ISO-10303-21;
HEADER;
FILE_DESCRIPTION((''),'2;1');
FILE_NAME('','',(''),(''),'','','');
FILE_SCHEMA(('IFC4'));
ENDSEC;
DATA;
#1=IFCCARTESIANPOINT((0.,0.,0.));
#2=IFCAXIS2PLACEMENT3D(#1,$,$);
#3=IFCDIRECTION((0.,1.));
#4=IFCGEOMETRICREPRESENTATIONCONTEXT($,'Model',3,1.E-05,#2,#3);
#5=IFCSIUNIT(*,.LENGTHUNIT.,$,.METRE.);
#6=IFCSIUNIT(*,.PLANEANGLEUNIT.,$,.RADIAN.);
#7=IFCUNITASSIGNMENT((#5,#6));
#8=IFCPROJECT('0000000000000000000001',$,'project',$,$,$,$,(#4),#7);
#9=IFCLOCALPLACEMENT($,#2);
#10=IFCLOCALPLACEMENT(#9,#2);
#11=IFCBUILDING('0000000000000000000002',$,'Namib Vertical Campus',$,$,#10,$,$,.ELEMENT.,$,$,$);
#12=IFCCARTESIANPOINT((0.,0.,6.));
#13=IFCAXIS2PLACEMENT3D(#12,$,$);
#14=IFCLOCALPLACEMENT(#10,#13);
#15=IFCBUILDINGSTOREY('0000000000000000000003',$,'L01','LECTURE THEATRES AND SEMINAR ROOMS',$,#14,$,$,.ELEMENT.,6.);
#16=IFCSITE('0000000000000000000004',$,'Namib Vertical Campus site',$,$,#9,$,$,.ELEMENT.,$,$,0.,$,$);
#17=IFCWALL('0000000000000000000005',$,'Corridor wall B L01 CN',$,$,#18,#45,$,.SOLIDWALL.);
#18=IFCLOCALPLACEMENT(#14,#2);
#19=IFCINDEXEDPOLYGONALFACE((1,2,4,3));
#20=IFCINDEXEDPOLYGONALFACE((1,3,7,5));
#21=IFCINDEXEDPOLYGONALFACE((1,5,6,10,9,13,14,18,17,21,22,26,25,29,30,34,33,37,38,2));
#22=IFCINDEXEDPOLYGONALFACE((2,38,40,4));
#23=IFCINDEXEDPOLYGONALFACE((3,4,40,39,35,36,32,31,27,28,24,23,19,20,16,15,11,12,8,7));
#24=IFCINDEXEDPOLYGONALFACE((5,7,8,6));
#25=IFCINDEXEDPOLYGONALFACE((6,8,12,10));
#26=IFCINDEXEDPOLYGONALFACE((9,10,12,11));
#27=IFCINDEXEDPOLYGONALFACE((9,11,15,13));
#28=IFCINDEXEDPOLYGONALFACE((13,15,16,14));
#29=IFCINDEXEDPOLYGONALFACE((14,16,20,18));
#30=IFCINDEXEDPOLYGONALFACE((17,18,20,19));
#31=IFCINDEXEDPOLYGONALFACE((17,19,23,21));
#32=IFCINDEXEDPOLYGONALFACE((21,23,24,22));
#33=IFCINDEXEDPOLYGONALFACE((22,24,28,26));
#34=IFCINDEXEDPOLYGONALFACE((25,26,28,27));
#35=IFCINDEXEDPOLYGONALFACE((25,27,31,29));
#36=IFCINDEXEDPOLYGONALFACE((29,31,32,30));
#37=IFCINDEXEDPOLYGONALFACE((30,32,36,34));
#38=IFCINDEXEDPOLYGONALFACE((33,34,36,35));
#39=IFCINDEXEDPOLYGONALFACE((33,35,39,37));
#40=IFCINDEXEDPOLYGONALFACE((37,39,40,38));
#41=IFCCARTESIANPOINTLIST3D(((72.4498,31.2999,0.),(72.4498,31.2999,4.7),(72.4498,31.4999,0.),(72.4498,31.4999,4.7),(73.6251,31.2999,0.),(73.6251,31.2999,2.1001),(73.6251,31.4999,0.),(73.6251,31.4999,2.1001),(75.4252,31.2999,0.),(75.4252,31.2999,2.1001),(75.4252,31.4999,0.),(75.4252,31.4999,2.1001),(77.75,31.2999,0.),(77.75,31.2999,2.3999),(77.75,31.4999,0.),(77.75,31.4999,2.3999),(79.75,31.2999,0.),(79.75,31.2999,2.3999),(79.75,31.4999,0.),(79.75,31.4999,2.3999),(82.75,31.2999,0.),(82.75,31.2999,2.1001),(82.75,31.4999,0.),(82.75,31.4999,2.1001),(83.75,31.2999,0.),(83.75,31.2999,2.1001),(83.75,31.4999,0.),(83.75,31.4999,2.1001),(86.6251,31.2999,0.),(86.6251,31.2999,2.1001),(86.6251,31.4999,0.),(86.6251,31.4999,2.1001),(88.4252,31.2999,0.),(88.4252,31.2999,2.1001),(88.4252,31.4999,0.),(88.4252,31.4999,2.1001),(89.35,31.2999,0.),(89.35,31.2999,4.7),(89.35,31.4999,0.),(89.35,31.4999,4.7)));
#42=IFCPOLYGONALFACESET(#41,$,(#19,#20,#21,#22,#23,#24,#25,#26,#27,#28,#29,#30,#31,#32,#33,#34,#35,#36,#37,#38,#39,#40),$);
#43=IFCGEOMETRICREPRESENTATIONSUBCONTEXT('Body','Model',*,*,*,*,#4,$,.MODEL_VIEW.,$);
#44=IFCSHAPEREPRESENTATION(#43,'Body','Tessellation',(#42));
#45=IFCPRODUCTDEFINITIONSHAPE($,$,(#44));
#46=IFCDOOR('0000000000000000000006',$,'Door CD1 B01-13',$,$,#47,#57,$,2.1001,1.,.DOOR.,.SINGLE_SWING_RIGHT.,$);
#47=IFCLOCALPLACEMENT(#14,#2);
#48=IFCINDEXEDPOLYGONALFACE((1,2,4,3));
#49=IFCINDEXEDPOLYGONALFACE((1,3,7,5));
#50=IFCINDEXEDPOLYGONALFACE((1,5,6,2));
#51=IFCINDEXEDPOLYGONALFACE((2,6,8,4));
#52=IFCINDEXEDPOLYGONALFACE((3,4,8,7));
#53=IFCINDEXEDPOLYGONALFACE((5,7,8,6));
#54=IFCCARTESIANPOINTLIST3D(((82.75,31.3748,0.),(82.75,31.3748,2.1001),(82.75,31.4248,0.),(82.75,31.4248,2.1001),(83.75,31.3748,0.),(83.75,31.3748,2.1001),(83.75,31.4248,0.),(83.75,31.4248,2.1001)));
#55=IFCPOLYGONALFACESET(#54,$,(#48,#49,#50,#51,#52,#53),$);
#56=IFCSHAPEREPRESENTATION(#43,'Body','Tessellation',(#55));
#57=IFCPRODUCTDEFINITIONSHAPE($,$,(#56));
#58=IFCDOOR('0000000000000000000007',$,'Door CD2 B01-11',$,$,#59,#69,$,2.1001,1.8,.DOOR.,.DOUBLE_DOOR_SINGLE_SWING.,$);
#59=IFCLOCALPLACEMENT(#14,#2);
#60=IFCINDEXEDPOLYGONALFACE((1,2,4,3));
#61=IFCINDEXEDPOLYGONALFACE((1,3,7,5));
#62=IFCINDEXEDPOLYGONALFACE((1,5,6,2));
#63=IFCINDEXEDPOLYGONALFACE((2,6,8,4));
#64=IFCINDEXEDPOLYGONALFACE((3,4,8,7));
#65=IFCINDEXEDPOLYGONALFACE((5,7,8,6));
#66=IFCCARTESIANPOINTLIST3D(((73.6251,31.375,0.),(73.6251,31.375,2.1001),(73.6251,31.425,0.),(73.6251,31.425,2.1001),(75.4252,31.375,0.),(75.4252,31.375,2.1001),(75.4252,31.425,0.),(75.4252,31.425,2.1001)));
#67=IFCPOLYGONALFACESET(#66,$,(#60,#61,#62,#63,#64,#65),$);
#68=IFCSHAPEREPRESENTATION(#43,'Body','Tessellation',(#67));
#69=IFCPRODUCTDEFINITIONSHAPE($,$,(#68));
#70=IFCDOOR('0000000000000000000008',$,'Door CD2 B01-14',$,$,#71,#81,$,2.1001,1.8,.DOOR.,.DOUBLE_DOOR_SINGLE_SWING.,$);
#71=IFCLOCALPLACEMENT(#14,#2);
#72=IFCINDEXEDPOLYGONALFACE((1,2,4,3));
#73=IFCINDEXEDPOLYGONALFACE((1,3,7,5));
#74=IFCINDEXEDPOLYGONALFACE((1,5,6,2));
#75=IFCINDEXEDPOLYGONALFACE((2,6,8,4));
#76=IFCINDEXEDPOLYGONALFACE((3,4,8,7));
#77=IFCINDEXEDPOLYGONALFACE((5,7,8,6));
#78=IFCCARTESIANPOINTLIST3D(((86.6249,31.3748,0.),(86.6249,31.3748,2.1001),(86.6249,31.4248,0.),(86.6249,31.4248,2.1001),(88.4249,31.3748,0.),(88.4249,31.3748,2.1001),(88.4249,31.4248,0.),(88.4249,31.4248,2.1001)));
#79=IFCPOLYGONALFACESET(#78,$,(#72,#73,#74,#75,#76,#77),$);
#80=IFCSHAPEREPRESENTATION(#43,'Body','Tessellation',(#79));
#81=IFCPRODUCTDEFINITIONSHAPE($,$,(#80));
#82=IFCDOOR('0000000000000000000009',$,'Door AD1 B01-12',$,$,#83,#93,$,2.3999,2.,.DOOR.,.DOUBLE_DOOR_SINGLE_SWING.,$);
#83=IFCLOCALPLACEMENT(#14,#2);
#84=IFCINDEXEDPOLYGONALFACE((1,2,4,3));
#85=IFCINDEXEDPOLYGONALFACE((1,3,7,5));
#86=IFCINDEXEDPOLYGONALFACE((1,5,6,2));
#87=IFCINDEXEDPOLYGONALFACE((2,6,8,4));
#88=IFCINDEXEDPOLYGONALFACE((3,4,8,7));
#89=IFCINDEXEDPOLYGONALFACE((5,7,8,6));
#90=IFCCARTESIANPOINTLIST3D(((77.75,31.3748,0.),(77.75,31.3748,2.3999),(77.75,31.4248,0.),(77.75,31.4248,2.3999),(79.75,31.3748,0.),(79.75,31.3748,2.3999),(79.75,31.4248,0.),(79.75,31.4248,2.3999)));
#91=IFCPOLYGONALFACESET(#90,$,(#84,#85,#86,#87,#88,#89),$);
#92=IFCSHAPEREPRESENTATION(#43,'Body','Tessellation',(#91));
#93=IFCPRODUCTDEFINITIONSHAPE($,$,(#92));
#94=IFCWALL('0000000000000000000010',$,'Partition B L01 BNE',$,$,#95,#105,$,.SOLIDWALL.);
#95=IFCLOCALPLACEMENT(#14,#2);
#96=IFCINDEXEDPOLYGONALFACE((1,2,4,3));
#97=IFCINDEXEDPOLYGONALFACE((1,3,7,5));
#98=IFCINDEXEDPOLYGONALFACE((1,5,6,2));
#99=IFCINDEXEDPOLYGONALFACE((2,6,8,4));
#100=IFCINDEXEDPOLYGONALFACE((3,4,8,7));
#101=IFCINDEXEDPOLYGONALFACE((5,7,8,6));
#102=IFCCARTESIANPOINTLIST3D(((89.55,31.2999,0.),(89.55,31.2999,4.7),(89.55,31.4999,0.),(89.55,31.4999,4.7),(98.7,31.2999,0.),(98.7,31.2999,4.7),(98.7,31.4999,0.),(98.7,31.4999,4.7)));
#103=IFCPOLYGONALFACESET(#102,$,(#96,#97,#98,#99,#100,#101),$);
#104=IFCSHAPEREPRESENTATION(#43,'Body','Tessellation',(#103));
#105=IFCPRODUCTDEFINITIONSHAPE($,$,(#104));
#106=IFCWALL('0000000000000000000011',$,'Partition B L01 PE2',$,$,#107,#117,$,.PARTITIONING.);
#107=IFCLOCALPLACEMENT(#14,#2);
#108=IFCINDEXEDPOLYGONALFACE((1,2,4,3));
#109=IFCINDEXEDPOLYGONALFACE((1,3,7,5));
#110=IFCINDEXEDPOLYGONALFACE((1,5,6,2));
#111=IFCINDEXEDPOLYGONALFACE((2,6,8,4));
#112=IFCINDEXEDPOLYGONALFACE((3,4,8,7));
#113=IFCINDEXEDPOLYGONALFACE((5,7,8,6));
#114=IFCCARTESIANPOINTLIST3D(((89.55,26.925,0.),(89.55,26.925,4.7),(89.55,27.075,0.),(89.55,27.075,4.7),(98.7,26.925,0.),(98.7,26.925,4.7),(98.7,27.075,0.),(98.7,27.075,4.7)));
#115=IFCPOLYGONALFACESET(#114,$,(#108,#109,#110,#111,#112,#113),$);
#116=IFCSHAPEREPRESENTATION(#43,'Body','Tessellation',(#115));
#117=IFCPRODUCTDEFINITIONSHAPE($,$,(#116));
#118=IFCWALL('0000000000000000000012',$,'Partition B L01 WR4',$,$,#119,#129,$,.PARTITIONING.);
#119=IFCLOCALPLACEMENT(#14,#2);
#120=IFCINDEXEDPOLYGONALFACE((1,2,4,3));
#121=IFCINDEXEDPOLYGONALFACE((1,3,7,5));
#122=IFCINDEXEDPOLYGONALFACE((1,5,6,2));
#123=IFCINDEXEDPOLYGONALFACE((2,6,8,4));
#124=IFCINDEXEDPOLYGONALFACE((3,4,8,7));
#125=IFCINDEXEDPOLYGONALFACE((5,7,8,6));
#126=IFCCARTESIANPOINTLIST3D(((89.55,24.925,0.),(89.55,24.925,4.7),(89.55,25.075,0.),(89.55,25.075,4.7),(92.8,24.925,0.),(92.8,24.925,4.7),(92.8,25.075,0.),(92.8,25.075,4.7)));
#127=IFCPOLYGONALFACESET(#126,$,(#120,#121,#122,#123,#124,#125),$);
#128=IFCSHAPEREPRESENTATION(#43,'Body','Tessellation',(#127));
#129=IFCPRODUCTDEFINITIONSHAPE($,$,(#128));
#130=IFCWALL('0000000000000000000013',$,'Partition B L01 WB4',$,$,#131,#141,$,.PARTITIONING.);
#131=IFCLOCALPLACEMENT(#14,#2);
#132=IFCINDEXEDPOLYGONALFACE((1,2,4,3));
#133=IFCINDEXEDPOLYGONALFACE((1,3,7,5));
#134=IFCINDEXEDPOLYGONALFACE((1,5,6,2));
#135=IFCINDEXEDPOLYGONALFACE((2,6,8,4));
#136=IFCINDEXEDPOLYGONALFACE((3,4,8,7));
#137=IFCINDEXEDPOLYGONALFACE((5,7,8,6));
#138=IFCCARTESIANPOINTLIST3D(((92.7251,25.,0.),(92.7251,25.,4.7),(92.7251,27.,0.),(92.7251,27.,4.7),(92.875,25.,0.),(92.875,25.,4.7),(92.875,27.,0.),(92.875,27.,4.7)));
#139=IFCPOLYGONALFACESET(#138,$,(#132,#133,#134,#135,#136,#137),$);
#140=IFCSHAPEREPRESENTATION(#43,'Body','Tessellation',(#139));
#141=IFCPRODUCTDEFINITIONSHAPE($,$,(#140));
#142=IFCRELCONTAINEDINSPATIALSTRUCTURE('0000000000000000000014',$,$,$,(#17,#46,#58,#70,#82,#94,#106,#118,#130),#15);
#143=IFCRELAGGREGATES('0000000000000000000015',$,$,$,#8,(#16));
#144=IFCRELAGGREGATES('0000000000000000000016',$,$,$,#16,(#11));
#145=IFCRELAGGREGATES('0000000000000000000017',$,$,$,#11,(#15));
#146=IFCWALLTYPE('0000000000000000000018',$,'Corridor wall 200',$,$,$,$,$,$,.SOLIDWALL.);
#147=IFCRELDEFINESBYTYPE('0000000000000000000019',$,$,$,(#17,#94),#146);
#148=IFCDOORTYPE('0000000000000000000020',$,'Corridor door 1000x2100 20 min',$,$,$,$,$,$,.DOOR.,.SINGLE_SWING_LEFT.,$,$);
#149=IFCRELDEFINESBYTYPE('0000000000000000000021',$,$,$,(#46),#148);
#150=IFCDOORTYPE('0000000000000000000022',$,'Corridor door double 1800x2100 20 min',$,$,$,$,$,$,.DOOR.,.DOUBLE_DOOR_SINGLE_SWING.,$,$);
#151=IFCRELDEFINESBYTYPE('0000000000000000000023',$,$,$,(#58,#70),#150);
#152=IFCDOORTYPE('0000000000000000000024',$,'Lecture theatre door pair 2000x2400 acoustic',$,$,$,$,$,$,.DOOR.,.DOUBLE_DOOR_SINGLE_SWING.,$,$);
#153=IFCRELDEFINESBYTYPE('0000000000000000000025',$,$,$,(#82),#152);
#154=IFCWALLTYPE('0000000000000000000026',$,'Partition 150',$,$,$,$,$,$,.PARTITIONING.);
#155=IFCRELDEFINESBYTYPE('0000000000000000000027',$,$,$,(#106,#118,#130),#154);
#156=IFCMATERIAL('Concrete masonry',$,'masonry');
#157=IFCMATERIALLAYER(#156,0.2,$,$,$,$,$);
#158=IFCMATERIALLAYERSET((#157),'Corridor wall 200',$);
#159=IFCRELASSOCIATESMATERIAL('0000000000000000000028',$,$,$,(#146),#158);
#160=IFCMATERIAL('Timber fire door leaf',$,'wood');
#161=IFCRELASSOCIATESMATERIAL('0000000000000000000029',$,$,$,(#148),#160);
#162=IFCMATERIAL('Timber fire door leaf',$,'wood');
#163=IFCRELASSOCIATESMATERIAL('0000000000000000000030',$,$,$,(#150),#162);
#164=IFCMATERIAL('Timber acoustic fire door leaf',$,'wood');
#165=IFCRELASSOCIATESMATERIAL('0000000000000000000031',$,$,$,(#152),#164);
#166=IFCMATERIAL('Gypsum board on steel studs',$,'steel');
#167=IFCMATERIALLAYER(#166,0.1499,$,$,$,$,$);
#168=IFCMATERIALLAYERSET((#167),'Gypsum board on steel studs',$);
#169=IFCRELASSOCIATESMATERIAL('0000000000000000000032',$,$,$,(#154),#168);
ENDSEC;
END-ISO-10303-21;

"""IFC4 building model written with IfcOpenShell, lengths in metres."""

from ifc_helpers import new_model, si_unit, direction, frame, frame_2d, origin, place, context, subcontext, project, spatial, rectangle, extrude, material, layer, layer_set, type_object, element, fill, save


model = new_model("IFC4")

# Units and contexts
model_context = context("Model", 3, precision=1e-05, world=origin(), true_north=direction((0.0, 1.0)))
body_context = subcontext(model_context, "Body", "Model", "MODEL_VIEW")
ifc_project = project(units=[si_unit("LENGTHUNIT", "METRE"), si_unit("PLANEANGLEUNIT", "RADIAN")], contexts=[model_context])

# Site, building, storey
site_placement = place(None, origin())
site = spatial("IfcSite", under=ifc_project, at=site_placement, Name="Namib Vertical Campus site", CompositionType="ELEMENT", RefElevation=0.0)
building_placement = place(site_placement, origin())
building = spatial("IfcBuilding", under=site, at=building_placement, Name="Namib Vertical Campus", CompositionType="ELEMENT")
storey_placement = place(building_placement, frame((0.0, 0.0, 6.0)))
storey = spatial("IfcBuildingStorey", under=building, at=storey_placement, Name="L01", Description="LECTURE THEATRES AND SEMINAR ROOMS", CompositionType="ELEMENT", Elevation=6.0)

# Wall, openings, doors
ifc_material_1 = material(Name="Concrete masonry", Category="masonry")
ifc_layer_1 = layer(ifc_material_1, 0.2)
ifc_layer_set_1 = layer_set([ifc_layer_1], Name="Corridor wall 200")
wall_type_1 = type_object("IfcWallType", Name="Corridor wall 200", PredefinedType="SOLIDWALL", material=ifc_layer_set_1)
wall_1_placement = place(storey_placement, frame((89.3501, 31.3999, 0.0), z_axis=(0.0, 0.0, 1.0), x_axis=(-1.0, 0.0, 0.0)))
wall_1 = element("IfcWall", 1, at=wall_1_placement, inside=storey, type_object=wall_type_1, Name="Corridor wall B L01 CN", PredefinedType="SOLIDWALL", context=body_context, shape_type="SweptSolid", body=[
    extrude(rectangle(XDim=16.9001, YDim=0.2, at=frame_2d((8.4502, 0.0))), origin(), (0.0, 0.0, 1.0), 4.7),
])
opening_1_placement = place(wall_1_placement, frame((13.925, 0.0, 0.0)))
opening_1 = element("IfcOpeningElement", 2, at=opening_1_placement, cuts=wall_1, PredefinedType="OPENING", context=body_context, shape_type="SweptSolid", body=[
    extrude(rectangle(XDim=1.8, YDim=2.1001, at=frame_2d((0.8999, 1.05))), frame((0.0, 0.1099, 0.0), z_axis=(0.0, -1.0, 0.0), x_axis=(1.0, 0.0, 0.0)), (0.0, 0.0, 1.0), 0.22),
])
opening_2_placement = place(wall_1_placement, frame((9.6001, 0.0, 0.0)))
opening_2 = element("IfcOpeningElement", 3, at=opening_2_placement, cuts=wall_1, PredefinedType="OPENING", context=body_context, shape_type="SweptSolid", body=[
    extrude(rectangle(XDim=2.0, YDim=2.3999, at=frame_2d((1.0, 1.2))), frame((0.0, 0.1099, 0.0), z_axis=(0.0, -1.0, 0.0), x_axis=(1.0, 0.0, 0.0)), (0.0, 0.0, 1.0), 0.22),
])
opening_3_placement = place(wall_1_placement, frame((5.6001, 0.0, 0.0)))
opening_3 = element("IfcOpeningElement", 4, at=opening_3_placement, cuts=wall_1, PredefinedType="OPENING", context=body_context, shape_type="SweptSolid", body=[
    extrude(rectangle(XDim=1.0, YDim=2.1001, at=frame_2d((0.5, 1.05))), frame((0.0, 0.1099, 0.0), z_axis=(0.0, -1.0, 0.0), x_axis=(1.0, 0.0, 0.0)), (0.0, 0.0, 1.0), 0.22),
])
opening_4_placement = place(wall_1_placement, frame((0.925, 0.0, 0.0)))
opening_4 = element("IfcOpeningElement", 5, at=opening_4_placement, cuts=wall_1, PredefinedType="OPENING", context=body_context, shape_type="SweptSolid", body=[
    extrude(rectangle(XDim=1.8, YDim=2.1001, at=frame_2d((0.8999, 1.05))), frame((0.0, 0.1099, 0.0), z_axis=(0.0, -1.0, 0.0), x_axis=(1.0, 0.0, 0.0)), (0.0, 0.0, 1.0), 0.22),
])
ifc_material_2 = material(Name="Timber fire door leaf", Category="wood")
door_type_1 = type_object("IfcDoorType", Name="Corridor door 1000x2100 20 min", OperationType="SINGLE_SWING_LEFT", PredefinedType="DOOR", material=ifc_material_2)
door_1_placement = place(opening_3_placement, frame((1.0, 0.0, 0.0), z_axis=(0.0, 0.0, 1.0), x_axis=(-1.0, 0.0, 0.0)))
door_1 = element("IfcDoor", 6, at=door_1_placement, inside=storey, type_object=door_type_1, Name="Door CD1 B01-13", OperationType="SINGLE_SWING_RIGHT", OverallHeight=2.1001, OverallWidth=1.0, PredefinedType="DOOR", context=body_context, shape_type="SweptSolid", body=[
    extrude(rectangle(XDim=1.0, YDim=2.1001, at=frame_2d((0.5, 1.05))), frame((0.0, 0.0249, 0.0), z_axis=(0.0, -1.0, 0.0), x_axis=(1.0, 0.0, 0.0)), (0.0, 0.0, 1.0), 0.05),
])
fill(opening_3, door_1)
ifc_material_3 = material(Name="Timber fire door leaf", Category="wood")
door_type_2 = type_object("IfcDoorType", Name="Corridor door double 1800x2100 20 min", OperationType="DOUBLE_DOOR_SINGLE_SWING", PredefinedType="DOOR", material=ifc_material_3)
door_2_placement = place(opening_1_placement, origin())
door_2 = element("IfcDoor", 7, at=door_2_placement, inside=storey, type_object=door_type_2, Name="Door CD2 B01-11", OperationType="DOUBLE_DOOR_SINGLE_SWING", OverallHeight=2.1001, OverallWidth=1.8, PredefinedType="DOOR", context=body_context, shape_type="SweptSolid", body=[
    extrude(rectangle(XDim=1.8, YDim=2.1001, at=frame_2d((0.8999, 1.05))), frame((0.0, 0.0249, 0.0), z_axis=(0.0, -1.0, 0.0), x_axis=(1.0, 0.0, 0.0)), (0.0, 0.0, 1.0), 0.05),
])
fill(opening_1, door_2)
door_3_placement = place(opening_4_placement, frame((1.8, 0.0, 0.0), z_axis=(0.0, 0.0, 1.0), x_axis=(-1.0, 0.0, 0.0)))
door_3 = element("IfcDoor", 8, at=door_3_placement, inside=storey, type_object=door_type_2, Name="Door CD2 B01-14", OperationType="DOUBLE_DOOR_SINGLE_SWING", OverallHeight=2.1001, OverallWidth=1.8, PredefinedType="DOOR", context=body_context, shape_type="SweptSolid", body=[
    extrude(rectangle(XDim=1.8, YDim=2.1001, at=frame_2d((0.8999, 1.05))), frame((0.0, 0.0249, 0.0), z_axis=(0.0, -1.0, 0.0), x_axis=(1.0, 0.0, 0.0)), (0.0, 0.0, 1.0), 0.05),
])
fill(opening_4, door_3)
ifc_material_4 = material(Name="Timber acoustic fire door leaf", Category="wood")
door_type_3 = type_object("IfcDoorType", Name="Lecture theatre door pair 2000x2400 acoustic", OperationType="DOUBLE_DOOR_SINGLE_SWING", PredefinedType="DOOR", material=ifc_material_4)
door_4_placement = place(opening_2_placement, frame((2.0, 0.0, 0.0), z_axis=(0.0, 0.0, 1.0), x_axis=(-1.0, 0.0, 0.0)))
door_4 = element("IfcDoor", 9, at=door_4_placement, inside=storey, type_object=door_type_3, Name="Door AD1 B01-12", OperationType="DOUBLE_DOOR_SINGLE_SWING", OverallHeight=2.3999, OverallWidth=2.0, PredefinedType="DOOR", context=body_context, shape_type="SweptSolid", body=[
    extrude(rectangle(XDim=2.0, YDim=2.3999, at=frame_2d((1.0, 1.2))), frame((0.0, 0.0249, 0.0), z_axis=(0.0, -1.0, 0.0), x_axis=(1.0, 0.0, 0.0)), (0.0, 0.0, 1.0), 0.05),
])
fill(opening_2, door_4)

# Walls
wall_2_placement = place(storey_placement, frame((89.55, 31.3999, 0.0), z_axis=(0.0, 0.0, 1.0), x_axis=(1.0, 0.0, 0.0)))
element("IfcWall", 10, at=wall_2_placement, inside=storey, type_object=wall_type_1, Name="Partition B L01 BNE", PredefinedType="SOLIDWALL", context=body_context, shape_type="SweptSolid", body=[
    extrude(rectangle(XDim=9.1499, YDim=0.2, at=frame_2d((4.575, 0.0))), origin(), (0.0, 0.0, 1.0), 4.7),
])
ifc_material_5 = material(Name="Gypsum board on steel studs", Category="steel")
ifc_layer_2 = layer(ifc_material_5, 0.1499)
ifc_layer_set_2 = layer_set([ifc_layer_2], Name="Gypsum board on steel studs")
wall_type_2 = type_object("IfcWallType", Name="Partition 150", PredefinedType="PARTITIONING", material=ifc_layer_set_2)
wall_3_placement = place(storey_placement, frame((89.55, 27.0, 0.0), z_axis=(0.0, 0.0, 1.0), x_axis=(1.0, 0.0, 0.0)))
element("IfcWall", 11, at=wall_3_placement, inside=storey, type_object=wall_type_2, Name="Partition B L01 PE2", PredefinedType="PARTITIONING", context=body_context, shape_type="SweptSolid", body=[
    extrude(rectangle(XDim=9.1499, YDim=0.1499, at=frame_2d((4.575, 0.0))), origin(), (0.0, 0.0, 1.0), 4.7),
])
wall_4_placement = place(storey_placement, frame((89.55, 25.0, 0.0), z_axis=(0.0, 0.0, 1.0), x_axis=(1.0, 0.0, 0.0)))
element("IfcWall", 12, at=wall_4_placement, inside=storey, type_object=wall_type_2, Name="Partition B L01 WR4", PredefinedType="PARTITIONING", context=body_context, shape_type="SweptSolid", body=[
    extrude(rectangle(XDim=3.25, YDim=0.1499, at=frame_2d((1.625, 0.0))), origin(), (0.0, 0.0, 1.0), 4.7),
])
wall_5_placement = place(storey_placement, frame((92.8, 25.0, 0.0), z_axis=(0.0, 0.0, 1.0), x_axis=(0.0, 1.0, 0.0)))
element("IfcWall", 13, at=wall_5_placement, inside=storey, type_object=wall_type_2, Name="Partition B L01 WB4", PredefinedType="PARTITIONING", context=body_context, shape_type="SweptSolid", body=[
    extrude(rectangle(XDim=2.0, YDim=0.1499, at=frame_2d((1.0, 0.0))), origin(), (0.0, 0.0, 1.0), 4.7),
])

save(model, "model.ifc")
